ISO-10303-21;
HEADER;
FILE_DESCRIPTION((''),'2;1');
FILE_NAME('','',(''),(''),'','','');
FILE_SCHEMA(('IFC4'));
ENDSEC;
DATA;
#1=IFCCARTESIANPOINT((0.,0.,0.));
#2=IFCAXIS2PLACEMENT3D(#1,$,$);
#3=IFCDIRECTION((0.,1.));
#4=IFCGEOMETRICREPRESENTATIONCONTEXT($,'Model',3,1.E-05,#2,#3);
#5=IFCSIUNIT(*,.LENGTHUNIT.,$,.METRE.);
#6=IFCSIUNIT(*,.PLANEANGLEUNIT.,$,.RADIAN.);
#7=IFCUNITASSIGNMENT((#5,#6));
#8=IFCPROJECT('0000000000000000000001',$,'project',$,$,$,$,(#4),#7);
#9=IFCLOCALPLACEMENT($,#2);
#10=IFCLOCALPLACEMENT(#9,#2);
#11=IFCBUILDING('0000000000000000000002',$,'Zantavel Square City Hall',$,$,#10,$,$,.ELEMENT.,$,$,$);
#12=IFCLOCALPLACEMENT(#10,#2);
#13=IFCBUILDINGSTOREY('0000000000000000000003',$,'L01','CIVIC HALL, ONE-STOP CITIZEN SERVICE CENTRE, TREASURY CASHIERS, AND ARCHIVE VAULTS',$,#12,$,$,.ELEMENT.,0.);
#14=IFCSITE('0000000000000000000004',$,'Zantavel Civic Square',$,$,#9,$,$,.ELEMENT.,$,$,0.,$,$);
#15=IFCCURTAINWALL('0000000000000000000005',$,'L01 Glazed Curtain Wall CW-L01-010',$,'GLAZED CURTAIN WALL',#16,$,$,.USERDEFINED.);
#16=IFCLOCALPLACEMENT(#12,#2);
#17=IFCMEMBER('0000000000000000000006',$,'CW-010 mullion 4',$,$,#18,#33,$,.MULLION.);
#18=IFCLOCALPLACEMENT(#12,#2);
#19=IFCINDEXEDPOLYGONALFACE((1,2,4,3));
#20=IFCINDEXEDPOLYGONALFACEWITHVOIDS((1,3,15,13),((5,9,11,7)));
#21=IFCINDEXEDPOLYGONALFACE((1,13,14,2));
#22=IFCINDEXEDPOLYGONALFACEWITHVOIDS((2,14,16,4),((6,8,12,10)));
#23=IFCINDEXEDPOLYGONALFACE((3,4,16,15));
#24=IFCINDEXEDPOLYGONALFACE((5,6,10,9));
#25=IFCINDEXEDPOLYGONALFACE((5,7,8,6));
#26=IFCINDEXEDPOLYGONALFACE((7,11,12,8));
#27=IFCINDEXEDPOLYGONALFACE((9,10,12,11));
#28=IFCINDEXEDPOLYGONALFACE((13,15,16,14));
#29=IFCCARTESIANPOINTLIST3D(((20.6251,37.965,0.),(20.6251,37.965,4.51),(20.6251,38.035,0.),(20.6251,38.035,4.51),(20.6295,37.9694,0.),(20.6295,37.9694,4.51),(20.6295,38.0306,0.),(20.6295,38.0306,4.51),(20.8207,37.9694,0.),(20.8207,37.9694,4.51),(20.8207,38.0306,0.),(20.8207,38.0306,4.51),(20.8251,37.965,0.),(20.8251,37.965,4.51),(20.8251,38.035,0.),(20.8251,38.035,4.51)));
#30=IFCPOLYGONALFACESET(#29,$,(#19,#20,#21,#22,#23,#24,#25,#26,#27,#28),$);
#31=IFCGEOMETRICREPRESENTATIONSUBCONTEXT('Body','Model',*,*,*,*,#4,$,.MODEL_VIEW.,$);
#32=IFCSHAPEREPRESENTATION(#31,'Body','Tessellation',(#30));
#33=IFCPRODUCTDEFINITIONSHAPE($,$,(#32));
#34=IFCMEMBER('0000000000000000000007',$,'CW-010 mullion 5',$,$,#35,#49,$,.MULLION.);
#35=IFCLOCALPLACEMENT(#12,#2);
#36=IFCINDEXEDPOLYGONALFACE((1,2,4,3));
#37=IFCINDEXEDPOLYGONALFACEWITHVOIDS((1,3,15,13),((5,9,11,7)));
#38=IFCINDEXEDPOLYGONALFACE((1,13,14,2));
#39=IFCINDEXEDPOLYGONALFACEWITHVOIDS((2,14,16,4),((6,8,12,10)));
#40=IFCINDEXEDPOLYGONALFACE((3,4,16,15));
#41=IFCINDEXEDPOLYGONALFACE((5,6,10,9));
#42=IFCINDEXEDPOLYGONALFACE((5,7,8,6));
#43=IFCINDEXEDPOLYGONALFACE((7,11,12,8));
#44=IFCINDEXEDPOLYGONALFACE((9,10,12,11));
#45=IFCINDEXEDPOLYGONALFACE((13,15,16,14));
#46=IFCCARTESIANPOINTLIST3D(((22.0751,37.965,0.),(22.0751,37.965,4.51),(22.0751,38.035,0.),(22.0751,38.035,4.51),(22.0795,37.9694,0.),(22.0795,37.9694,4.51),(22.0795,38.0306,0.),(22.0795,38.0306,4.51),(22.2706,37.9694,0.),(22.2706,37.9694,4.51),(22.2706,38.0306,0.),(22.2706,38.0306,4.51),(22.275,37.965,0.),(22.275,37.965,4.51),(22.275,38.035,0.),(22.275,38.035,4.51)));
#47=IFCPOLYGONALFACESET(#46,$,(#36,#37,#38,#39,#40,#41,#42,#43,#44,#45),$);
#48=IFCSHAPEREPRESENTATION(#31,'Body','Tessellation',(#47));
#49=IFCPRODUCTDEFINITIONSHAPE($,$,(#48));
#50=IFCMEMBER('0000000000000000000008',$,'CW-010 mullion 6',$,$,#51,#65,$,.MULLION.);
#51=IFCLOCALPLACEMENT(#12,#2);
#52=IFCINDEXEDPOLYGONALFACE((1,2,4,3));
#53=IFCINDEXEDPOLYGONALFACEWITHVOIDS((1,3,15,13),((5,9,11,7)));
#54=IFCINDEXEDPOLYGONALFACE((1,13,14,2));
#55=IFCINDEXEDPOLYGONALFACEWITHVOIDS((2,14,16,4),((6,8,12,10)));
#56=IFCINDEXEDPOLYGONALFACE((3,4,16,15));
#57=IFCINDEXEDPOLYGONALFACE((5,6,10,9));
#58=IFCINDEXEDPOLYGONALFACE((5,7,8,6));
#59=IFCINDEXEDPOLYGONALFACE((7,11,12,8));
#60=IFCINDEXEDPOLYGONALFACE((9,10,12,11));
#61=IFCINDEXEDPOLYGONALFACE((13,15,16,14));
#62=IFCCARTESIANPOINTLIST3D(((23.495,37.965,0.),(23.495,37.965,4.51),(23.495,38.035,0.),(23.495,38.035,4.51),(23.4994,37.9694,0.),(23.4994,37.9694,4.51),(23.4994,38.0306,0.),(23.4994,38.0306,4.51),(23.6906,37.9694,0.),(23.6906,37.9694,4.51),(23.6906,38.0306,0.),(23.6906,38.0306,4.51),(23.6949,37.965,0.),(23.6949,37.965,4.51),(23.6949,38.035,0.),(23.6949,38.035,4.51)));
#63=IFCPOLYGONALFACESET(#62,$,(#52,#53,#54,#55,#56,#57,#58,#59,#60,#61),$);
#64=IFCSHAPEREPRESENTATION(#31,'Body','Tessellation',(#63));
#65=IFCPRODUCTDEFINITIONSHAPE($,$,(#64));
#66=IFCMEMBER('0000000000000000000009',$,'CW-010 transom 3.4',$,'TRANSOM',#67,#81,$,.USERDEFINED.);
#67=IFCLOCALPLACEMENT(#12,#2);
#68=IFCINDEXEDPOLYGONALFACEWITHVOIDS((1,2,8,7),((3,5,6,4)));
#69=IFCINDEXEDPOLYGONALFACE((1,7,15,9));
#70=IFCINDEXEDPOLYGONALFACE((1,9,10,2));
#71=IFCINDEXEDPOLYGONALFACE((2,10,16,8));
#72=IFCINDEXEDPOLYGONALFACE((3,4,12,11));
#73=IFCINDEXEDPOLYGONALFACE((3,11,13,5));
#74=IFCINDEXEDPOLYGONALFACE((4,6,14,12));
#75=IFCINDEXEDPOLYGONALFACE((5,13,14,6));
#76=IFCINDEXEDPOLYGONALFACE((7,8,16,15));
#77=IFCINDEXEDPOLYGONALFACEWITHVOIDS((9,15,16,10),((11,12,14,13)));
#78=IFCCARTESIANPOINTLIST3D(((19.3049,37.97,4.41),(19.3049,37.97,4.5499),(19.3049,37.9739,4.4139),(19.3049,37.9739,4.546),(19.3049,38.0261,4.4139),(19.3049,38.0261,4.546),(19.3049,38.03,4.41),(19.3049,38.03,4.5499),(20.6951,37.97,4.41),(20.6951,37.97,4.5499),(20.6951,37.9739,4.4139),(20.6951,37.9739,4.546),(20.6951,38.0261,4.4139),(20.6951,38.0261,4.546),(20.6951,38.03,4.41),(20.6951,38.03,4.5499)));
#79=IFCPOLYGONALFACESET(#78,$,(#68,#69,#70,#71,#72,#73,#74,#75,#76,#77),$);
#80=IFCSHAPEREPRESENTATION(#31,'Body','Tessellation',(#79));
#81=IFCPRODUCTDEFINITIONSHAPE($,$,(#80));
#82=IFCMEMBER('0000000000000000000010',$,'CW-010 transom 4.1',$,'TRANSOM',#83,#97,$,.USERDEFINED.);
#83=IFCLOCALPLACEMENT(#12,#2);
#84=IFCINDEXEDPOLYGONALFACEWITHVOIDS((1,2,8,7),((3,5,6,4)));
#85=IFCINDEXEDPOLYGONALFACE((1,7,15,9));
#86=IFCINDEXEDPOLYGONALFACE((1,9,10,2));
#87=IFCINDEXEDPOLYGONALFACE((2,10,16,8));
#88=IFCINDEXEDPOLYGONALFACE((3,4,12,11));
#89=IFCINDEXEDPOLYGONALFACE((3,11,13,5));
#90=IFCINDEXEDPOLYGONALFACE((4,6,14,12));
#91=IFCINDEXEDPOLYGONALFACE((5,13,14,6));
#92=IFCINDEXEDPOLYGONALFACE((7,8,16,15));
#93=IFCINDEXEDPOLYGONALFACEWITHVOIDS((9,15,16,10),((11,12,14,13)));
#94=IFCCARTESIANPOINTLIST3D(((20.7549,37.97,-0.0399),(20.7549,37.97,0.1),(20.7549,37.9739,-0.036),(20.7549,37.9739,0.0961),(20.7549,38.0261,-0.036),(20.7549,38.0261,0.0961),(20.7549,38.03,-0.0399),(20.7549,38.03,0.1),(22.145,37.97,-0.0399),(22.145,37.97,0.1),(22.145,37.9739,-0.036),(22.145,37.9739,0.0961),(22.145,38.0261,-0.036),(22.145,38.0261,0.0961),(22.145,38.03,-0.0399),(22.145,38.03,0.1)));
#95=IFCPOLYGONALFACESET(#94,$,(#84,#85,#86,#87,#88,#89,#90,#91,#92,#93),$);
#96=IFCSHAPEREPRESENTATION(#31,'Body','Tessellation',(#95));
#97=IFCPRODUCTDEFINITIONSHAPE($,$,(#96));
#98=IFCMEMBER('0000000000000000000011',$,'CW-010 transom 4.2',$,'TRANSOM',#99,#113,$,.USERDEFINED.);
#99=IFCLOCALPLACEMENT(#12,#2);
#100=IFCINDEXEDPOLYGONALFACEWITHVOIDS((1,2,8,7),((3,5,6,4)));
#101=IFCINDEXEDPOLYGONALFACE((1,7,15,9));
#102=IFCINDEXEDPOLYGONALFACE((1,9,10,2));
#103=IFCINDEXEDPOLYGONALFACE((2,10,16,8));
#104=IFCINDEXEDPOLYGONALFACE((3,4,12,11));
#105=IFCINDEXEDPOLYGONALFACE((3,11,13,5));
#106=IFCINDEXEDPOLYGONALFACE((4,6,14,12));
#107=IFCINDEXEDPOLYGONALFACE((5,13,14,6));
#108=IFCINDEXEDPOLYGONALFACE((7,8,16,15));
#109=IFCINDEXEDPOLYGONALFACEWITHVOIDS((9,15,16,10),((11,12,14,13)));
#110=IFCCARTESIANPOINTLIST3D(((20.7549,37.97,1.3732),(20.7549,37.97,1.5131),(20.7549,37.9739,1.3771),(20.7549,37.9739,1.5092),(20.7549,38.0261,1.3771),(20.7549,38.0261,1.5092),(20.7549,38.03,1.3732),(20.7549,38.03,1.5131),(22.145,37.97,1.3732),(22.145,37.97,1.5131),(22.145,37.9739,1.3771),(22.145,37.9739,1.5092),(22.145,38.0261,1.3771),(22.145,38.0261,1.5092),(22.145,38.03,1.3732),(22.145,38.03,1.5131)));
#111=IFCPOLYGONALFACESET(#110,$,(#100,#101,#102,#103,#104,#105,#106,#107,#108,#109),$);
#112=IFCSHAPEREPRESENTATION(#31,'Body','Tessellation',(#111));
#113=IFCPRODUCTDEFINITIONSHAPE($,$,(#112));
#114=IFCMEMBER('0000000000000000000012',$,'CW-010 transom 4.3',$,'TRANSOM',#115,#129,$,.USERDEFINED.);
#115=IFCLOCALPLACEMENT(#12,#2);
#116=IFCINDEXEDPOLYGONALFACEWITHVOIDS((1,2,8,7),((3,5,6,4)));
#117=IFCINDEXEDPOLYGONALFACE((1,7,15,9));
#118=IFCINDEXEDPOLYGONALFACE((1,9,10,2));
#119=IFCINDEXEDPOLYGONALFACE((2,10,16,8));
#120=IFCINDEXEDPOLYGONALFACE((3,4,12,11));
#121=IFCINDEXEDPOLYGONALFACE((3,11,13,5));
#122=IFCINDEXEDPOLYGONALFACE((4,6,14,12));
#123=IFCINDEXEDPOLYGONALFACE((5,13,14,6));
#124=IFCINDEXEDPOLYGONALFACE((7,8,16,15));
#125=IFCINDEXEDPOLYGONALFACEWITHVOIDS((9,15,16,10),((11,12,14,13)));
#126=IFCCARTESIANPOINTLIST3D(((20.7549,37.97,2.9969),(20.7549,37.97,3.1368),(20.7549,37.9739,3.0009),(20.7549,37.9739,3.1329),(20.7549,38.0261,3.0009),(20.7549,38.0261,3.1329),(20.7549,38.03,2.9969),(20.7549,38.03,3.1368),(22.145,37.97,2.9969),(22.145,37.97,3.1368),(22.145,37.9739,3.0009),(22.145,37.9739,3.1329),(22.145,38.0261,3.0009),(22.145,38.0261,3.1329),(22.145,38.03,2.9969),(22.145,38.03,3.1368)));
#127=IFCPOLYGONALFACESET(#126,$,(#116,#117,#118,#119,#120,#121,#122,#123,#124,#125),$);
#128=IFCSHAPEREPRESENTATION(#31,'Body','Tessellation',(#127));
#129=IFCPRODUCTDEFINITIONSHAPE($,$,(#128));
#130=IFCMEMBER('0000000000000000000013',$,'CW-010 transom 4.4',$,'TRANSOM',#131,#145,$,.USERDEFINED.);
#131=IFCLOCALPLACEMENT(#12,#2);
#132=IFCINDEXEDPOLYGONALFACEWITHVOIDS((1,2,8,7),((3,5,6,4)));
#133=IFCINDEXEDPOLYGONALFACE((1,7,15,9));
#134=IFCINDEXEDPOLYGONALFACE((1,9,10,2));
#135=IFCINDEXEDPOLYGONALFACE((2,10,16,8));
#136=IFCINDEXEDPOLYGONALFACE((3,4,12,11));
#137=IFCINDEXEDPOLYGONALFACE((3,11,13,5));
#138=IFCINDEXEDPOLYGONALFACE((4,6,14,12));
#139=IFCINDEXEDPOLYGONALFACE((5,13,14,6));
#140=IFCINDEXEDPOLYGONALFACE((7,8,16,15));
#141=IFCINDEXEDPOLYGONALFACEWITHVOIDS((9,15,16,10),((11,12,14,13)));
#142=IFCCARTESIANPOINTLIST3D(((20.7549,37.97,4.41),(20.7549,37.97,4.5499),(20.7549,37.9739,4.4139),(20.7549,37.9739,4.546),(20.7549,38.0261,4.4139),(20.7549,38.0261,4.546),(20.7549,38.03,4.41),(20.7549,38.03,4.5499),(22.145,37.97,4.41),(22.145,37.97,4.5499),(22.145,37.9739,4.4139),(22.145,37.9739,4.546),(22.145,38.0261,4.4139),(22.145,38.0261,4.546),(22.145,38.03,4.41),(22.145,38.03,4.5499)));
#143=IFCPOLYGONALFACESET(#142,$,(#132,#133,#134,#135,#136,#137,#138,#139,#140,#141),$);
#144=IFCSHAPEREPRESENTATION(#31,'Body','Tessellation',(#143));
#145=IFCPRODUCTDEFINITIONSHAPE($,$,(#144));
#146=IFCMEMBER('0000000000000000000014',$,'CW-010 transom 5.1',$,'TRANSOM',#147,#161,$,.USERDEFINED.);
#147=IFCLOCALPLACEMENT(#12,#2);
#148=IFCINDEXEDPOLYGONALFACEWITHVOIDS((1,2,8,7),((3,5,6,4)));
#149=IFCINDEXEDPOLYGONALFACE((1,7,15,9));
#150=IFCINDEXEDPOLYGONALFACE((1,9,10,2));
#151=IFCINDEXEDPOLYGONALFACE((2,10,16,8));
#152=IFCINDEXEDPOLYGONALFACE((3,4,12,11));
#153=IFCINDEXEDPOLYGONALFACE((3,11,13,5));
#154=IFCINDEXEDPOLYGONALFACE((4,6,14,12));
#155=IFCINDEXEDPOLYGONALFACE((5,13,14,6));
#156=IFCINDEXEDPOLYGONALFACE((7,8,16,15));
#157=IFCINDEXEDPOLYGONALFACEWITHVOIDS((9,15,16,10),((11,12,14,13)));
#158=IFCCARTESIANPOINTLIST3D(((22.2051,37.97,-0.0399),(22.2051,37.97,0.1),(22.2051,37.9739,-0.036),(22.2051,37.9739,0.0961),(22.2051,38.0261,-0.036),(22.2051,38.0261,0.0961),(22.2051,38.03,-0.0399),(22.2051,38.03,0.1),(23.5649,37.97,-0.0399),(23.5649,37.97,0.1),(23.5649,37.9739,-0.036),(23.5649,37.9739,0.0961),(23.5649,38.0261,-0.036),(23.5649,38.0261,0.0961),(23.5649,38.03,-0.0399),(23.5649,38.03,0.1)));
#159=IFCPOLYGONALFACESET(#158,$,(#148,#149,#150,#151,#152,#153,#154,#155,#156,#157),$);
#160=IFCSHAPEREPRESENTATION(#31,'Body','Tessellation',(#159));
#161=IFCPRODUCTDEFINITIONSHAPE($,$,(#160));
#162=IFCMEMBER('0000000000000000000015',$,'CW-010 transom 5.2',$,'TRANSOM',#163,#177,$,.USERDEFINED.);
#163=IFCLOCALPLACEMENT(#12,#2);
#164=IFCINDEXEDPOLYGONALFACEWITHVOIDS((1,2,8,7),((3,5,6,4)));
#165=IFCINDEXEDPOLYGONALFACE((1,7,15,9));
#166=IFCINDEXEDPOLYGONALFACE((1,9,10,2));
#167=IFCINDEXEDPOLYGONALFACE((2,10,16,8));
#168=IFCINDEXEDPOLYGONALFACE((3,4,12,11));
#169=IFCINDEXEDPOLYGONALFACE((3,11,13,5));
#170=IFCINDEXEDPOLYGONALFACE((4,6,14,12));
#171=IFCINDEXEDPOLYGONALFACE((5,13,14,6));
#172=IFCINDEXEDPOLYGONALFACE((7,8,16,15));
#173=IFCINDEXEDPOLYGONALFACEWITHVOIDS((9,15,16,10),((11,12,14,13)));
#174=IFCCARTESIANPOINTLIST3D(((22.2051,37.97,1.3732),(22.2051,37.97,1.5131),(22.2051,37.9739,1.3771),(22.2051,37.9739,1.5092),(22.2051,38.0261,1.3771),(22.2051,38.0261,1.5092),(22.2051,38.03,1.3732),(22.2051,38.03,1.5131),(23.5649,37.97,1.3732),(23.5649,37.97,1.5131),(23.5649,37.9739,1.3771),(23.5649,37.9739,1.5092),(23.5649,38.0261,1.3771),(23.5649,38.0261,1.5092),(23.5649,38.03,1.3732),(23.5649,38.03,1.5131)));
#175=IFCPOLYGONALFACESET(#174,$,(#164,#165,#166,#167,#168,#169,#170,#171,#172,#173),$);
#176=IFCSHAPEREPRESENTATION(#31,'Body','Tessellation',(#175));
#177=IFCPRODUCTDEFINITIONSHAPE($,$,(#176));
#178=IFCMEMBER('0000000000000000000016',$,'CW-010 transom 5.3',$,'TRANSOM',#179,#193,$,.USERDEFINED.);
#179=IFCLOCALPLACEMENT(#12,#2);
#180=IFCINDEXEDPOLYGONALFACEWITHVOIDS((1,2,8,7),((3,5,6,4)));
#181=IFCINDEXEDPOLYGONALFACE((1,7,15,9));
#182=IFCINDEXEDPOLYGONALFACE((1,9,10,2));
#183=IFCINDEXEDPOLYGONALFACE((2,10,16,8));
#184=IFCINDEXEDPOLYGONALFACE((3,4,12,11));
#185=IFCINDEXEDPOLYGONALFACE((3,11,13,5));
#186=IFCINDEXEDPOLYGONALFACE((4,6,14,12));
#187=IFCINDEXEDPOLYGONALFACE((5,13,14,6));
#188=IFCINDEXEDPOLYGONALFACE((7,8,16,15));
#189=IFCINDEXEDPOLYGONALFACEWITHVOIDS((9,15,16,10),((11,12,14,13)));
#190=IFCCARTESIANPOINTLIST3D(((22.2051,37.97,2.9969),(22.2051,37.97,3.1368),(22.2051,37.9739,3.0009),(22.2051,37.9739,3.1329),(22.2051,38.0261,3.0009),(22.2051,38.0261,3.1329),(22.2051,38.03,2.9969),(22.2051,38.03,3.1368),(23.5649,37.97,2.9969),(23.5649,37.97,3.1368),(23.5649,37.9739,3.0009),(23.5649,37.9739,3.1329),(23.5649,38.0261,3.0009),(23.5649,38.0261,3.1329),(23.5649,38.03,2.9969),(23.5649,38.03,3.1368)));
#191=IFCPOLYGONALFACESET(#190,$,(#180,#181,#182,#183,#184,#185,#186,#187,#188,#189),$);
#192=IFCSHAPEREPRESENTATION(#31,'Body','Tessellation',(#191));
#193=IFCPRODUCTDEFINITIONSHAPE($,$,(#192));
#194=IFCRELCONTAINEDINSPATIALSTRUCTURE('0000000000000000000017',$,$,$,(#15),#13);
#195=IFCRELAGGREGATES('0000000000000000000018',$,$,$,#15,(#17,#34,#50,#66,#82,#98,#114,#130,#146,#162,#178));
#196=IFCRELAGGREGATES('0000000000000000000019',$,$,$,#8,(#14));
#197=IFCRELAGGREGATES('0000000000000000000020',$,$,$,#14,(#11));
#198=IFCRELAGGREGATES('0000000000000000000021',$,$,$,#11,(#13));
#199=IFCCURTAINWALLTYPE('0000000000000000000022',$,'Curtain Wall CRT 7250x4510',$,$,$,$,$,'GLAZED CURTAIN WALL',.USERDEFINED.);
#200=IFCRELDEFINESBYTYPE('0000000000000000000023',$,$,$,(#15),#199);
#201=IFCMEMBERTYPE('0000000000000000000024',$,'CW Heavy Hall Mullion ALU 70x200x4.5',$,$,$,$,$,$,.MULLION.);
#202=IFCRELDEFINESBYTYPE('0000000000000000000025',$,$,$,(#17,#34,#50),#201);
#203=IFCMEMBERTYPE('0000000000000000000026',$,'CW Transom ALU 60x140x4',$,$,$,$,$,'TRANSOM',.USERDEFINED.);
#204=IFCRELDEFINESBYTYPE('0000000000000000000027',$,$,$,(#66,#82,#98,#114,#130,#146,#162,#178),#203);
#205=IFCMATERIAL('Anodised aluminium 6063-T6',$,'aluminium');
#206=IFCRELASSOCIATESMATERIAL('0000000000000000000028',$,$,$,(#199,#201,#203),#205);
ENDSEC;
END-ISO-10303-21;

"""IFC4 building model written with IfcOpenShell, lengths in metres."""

from ifc_helpers import new_model, si_unit, direction, frame, origin, origin_2d, place, context, subcontext, project, spatial, hollow_rectangle, extrude, material, material_profile, profile_set, type_object, element, aggregate, save


model = new_model("IFC4")

# Units and contexts
model_context = context("Model", 3, precision=1e-05, world=origin(), true_north=direction((0.0, 1.0)))
body_context = subcontext(model_context, "Body", "Model", "MODEL_VIEW")
ifc_project = project(units=[si_unit("LENGTHUNIT", "METRE"), si_unit("PLANEANGLEUNIT", "RADIAN")], contexts=[model_context])

# Site, building, storey
site_placement = place(None, origin())
site = spatial("IfcSite", under=ifc_project, at=site_placement, Name="Zantavel Civic Square", CompositionType="ELEMENT", RefElevation=0.0)
building_placement = place(site_placement, origin())
building = spatial("IfcBuilding", under=site, at=building_placement, Name="Zantavel Square City Hall", CompositionType="ELEMENT")
storey_placement = place(building_placement, origin())
storey = spatial("IfcBuildingStorey", under=building, at=storey_placement, Name="L01", Description="CIVIC HALL, ONE-STOP CITIZEN SERVICE CENTRE, TREASURY CASHIERS, AND ARCHIVE VAULTS", CompositionType="ELEMENT", Elevation=0.0)

# Curtain wall, members
ifc_material_1 = material(Name="Anodised aluminium 6063-T6", Category="aluminium")
curtain_wall_type = type_object("IfcCurtainWallType", Name="Curtain Wall CRT 7250x4510", ElementType="GLAZED CURTAIN WALL", PredefinedType="USERDEFINED", material=ifc_material_1)
curtain_wall_placement = place(storey_placement, origin())
curtain_wall = element("IfcCurtainWall", 1, at=curtain_wall_placement, inside=storey, type_object=curtain_wall_type, Name="L01 Glazed Curtain Wall CW-L01-010", ObjectType="GLAZED CURTAIN WALL", PredefinedType="USERDEFINED")
ifc_material_profile_1 = material_profile(ifc_material_1, hollow_rectangle(XDim=0.0701, YDim=0.2, WallThickness=0.0044, at=origin_2d()), Name="ALU 70x200x4.5")
ifc_profile_set_1 = profile_set([ifc_material_profile_1], Name="Anodised aluminium 6063-T6")
member_type_1 = type_object("IfcMemberType", Name="CW Heavy Hall Mullion ALU 70x200x4.5", PredefinedType="MULLION", material=ifc_profile_set_1)
member_1_placement = place(storey_placement, frame((20.7251, 38.0, 0.0), z_axis=(0.0, 0.0, 1.0), x_axis=(0.0, 1.0, 0.0)))
member_1 = element("IfcMember", 2, at=member_1_placement, type_object=member_type_1, Name="CW-010 mullion 4", PredefinedType="MULLION", context=body_context, shape_type="SweptSolid", body=[
    extrude(hollow_rectangle(XDim=0.0701, YDim=0.2, WallThickness=0.0044, at=origin_2d()), origin(), (0.0, 0.0, 1.0), 4.51),
])
member_2_placement = place(storey_placement, frame((22.175, 38.0, 0.0), z_axis=(0.0, 0.0, 1.0), x_axis=(0.0, 1.0, 0.0)))
member_2 = element("IfcMember", 3, at=member_2_placement, type_object=member_type_1, Name="CW-010 mullion 5", PredefinedType="MULLION", context=body_context, shape_type="SweptSolid", body=[
    extrude(hollow_rectangle(XDim=0.0701, YDim=0.2, WallThickness=0.0044, at=origin_2d()), origin(), (0.0, 0.0, 1.0), 4.51),
])
member_3_placement = place(storey_placement, frame((23.595, 38.0, 0.0), z_axis=(0.0, 0.0, 1.0), x_axis=(0.0, 1.0, 0.0)))
member_3 = element("IfcMember", 4, at=member_3_placement, type_object=member_type_1, Name="CW-010 mullion 6", PredefinedType="MULLION", context=body_context, shape_type="SweptSolid", body=[
    extrude(hollow_rectangle(XDim=0.0701, YDim=0.2, WallThickness=0.0044, at=origin_2d()), origin(), (0.0, 0.0, 1.0), 4.51),
])
ifc_material_profile_2 = material_profile(ifc_material_1, hollow_rectangle(XDim=0.0601, YDim=0.1399, WallThickness=0.0039, at=origin_2d()), Name="ALU 60x140x4")
ifc_profile_set_2 = profile_set([ifc_material_profile_2], Name="Anodised aluminium 6063-T6")
member_type_2 = type_object("IfcMemberType", Name="CW Transom ALU 60x140x4", ElementType="TRANSOM", PredefinedType="USERDEFINED", material=ifc_profile_set_2)
member_4_placement = place(storey_placement, frame((19.3049, 38.0, 4.48), z_axis=(1.0, 0.0, 0.0), x_axis=(0.0, 1.0, 0.0)))
member_4 = element("IfcMember", 5, at=member_4_placement, type_object=member_type_2, Name="CW-010 transom 3.4", ObjectType="TRANSOM", PredefinedType="USERDEFINED", context=body_context, shape_type="SweptSolid", body=[
    extrude(hollow_rectangle(XDim=0.0601, YDim=0.1399, WallThickness=0.0039, at=origin_2d()), origin(), (0.0, 0.0, 1.0), 1.3901),
])
member_5_placement = place(storey_placement, frame((20.7549, 38.0, 0.03), z_axis=(1.0, 0.0, 0.0), x_axis=(0.0, 1.0, 0.0)))
member_5 = element("IfcMember", 6, at=member_5_placement, type_object=member_type_2, Name="CW-010 transom 4.1", ObjectType="TRANSOM", PredefinedType="USERDEFINED", context=body_context, shape_type="SweptSolid", body=[
    extrude(hollow_rectangle(XDim=0.0601, YDim=0.1399, WallThickness=0.0039, at=origin_2d()), origin(), (0.0, 0.0, 1.0), 1.3901),
])
member_6_placement = place(storey_placement, frame((20.7549, 38.0, 1.4431), z_axis=(1.0, 0.0, 0.0), x_axis=(0.0, 1.0, 0.0)))
member_6 = element("IfcMember", 7, at=member_6_placement, type_object=member_type_2, Name="CW-010 transom 4.2", ObjectType="TRANSOM", PredefinedType="USERDEFINED", context=body_context, shape_type="SweptSolid", body=[
    extrude(hollow_rectangle(XDim=0.0601, YDim=0.1399, WallThickness=0.0039, at=origin_2d()), origin(), (0.0, 0.0, 1.0), 1.3901),
])
member_7_placement = place(storey_placement, frame((20.7549, 38.0, 3.0669), z_axis=(1.0, 0.0, 0.0), x_axis=(0.0, 1.0, 0.0)))
member_7 = element("IfcMember", 8, at=member_7_placement, type_object=member_type_2, Name="CW-010 transom 4.3", ObjectType="TRANSOM", PredefinedType="USERDEFINED", context=body_context, shape_type="SweptSolid", body=[
    extrude(hollow_rectangle(XDim=0.0601, YDim=0.1399, WallThickness=0.0039, at=origin_2d()), origin(), (0.0, 0.0, 1.0), 1.3901),
])
member_8_placement = place(storey_placement, frame((20.7549, 38.0, 4.48), z_axis=(1.0, 0.0, 0.0), x_axis=(0.0, 1.0, 0.0)))
member_8 = element("IfcMember", 9, at=member_8_placement, type_object=member_type_2, Name="CW-010 transom 4.4", ObjectType="TRANSOM", PredefinedType="USERDEFINED", context=body_context, shape_type="SweptSolid", body=[
    extrude(hollow_rectangle(XDim=0.0601, YDim=0.1399, WallThickness=0.0039, at=origin_2d()), origin(), (0.0, 0.0, 1.0), 1.3901),
])
member_9_placement = place(storey_placement, frame((22.2051, 38.0, 0.03), z_axis=(1.0, 0.0, 0.0), x_axis=(0.0, 1.0, 0.0)))
member_9 = element("IfcMember", 10, at=member_9_placement, type_object=member_type_2, Name="CW-010 transom 5.1", ObjectType="TRANSOM", PredefinedType="USERDEFINED", context=body_context, shape_type="SweptSolid", body=[
    extrude(hollow_rectangle(XDim=0.0601, YDim=0.1399, WallThickness=0.0039, at=origin_2d()), origin(), (0.0, 0.0, 1.0), 1.3599),
])
member_10_placement = place(storey_placement, frame((22.2051, 38.0, 1.4431), z_axis=(1.0, 0.0, 0.0), x_axis=(0.0, 1.0, 0.0)))
member_10 = element("IfcMember", 11, at=member_10_placement, type_object=member_type_2, Name="CW-010 transom 5.2", ObjectType="TRANSOM", PredefinedType="USERDEFINED", context=body_context, shape_type="SweptSolid", body=[
    extrude(hollow_rectangle(XDim=0.0601, YDim=0.1399, WallThickness=0.0039, at=origin_2d()), origin(), (0.0, 0.0, 1.0), 1.3599),
])
member_11_placement = place(storey_placement, frame((22.2051, 38.0, 3.0669), z_axis=(1.0, 0.0, 0.0), x_axis=(0.0, 1.0, 0.0)))
member_11 = element("IfcMember", 12, at=member_11_placement, type_object=member_type_2, Name="CW-010 transom 5.3", ObjectType="TRANSOM", PredefinedType="USERDEFINED", context=body_context, shape_type="SweptSolid", body=[
    extrude(hollow_rectangle(XDim=0.0601, YDim=0.1399, WallThickness=0.0039, at=origin_2d()), origin(), (0.0, 0.0, 1.0), 1.3599),
])
aggregate(curtain_wall, [member_1, member_2, member_3, member_4, member_5, member_6, member_7, member_8, member_9, member_10, member_11])

save(model, "model.ifc")
